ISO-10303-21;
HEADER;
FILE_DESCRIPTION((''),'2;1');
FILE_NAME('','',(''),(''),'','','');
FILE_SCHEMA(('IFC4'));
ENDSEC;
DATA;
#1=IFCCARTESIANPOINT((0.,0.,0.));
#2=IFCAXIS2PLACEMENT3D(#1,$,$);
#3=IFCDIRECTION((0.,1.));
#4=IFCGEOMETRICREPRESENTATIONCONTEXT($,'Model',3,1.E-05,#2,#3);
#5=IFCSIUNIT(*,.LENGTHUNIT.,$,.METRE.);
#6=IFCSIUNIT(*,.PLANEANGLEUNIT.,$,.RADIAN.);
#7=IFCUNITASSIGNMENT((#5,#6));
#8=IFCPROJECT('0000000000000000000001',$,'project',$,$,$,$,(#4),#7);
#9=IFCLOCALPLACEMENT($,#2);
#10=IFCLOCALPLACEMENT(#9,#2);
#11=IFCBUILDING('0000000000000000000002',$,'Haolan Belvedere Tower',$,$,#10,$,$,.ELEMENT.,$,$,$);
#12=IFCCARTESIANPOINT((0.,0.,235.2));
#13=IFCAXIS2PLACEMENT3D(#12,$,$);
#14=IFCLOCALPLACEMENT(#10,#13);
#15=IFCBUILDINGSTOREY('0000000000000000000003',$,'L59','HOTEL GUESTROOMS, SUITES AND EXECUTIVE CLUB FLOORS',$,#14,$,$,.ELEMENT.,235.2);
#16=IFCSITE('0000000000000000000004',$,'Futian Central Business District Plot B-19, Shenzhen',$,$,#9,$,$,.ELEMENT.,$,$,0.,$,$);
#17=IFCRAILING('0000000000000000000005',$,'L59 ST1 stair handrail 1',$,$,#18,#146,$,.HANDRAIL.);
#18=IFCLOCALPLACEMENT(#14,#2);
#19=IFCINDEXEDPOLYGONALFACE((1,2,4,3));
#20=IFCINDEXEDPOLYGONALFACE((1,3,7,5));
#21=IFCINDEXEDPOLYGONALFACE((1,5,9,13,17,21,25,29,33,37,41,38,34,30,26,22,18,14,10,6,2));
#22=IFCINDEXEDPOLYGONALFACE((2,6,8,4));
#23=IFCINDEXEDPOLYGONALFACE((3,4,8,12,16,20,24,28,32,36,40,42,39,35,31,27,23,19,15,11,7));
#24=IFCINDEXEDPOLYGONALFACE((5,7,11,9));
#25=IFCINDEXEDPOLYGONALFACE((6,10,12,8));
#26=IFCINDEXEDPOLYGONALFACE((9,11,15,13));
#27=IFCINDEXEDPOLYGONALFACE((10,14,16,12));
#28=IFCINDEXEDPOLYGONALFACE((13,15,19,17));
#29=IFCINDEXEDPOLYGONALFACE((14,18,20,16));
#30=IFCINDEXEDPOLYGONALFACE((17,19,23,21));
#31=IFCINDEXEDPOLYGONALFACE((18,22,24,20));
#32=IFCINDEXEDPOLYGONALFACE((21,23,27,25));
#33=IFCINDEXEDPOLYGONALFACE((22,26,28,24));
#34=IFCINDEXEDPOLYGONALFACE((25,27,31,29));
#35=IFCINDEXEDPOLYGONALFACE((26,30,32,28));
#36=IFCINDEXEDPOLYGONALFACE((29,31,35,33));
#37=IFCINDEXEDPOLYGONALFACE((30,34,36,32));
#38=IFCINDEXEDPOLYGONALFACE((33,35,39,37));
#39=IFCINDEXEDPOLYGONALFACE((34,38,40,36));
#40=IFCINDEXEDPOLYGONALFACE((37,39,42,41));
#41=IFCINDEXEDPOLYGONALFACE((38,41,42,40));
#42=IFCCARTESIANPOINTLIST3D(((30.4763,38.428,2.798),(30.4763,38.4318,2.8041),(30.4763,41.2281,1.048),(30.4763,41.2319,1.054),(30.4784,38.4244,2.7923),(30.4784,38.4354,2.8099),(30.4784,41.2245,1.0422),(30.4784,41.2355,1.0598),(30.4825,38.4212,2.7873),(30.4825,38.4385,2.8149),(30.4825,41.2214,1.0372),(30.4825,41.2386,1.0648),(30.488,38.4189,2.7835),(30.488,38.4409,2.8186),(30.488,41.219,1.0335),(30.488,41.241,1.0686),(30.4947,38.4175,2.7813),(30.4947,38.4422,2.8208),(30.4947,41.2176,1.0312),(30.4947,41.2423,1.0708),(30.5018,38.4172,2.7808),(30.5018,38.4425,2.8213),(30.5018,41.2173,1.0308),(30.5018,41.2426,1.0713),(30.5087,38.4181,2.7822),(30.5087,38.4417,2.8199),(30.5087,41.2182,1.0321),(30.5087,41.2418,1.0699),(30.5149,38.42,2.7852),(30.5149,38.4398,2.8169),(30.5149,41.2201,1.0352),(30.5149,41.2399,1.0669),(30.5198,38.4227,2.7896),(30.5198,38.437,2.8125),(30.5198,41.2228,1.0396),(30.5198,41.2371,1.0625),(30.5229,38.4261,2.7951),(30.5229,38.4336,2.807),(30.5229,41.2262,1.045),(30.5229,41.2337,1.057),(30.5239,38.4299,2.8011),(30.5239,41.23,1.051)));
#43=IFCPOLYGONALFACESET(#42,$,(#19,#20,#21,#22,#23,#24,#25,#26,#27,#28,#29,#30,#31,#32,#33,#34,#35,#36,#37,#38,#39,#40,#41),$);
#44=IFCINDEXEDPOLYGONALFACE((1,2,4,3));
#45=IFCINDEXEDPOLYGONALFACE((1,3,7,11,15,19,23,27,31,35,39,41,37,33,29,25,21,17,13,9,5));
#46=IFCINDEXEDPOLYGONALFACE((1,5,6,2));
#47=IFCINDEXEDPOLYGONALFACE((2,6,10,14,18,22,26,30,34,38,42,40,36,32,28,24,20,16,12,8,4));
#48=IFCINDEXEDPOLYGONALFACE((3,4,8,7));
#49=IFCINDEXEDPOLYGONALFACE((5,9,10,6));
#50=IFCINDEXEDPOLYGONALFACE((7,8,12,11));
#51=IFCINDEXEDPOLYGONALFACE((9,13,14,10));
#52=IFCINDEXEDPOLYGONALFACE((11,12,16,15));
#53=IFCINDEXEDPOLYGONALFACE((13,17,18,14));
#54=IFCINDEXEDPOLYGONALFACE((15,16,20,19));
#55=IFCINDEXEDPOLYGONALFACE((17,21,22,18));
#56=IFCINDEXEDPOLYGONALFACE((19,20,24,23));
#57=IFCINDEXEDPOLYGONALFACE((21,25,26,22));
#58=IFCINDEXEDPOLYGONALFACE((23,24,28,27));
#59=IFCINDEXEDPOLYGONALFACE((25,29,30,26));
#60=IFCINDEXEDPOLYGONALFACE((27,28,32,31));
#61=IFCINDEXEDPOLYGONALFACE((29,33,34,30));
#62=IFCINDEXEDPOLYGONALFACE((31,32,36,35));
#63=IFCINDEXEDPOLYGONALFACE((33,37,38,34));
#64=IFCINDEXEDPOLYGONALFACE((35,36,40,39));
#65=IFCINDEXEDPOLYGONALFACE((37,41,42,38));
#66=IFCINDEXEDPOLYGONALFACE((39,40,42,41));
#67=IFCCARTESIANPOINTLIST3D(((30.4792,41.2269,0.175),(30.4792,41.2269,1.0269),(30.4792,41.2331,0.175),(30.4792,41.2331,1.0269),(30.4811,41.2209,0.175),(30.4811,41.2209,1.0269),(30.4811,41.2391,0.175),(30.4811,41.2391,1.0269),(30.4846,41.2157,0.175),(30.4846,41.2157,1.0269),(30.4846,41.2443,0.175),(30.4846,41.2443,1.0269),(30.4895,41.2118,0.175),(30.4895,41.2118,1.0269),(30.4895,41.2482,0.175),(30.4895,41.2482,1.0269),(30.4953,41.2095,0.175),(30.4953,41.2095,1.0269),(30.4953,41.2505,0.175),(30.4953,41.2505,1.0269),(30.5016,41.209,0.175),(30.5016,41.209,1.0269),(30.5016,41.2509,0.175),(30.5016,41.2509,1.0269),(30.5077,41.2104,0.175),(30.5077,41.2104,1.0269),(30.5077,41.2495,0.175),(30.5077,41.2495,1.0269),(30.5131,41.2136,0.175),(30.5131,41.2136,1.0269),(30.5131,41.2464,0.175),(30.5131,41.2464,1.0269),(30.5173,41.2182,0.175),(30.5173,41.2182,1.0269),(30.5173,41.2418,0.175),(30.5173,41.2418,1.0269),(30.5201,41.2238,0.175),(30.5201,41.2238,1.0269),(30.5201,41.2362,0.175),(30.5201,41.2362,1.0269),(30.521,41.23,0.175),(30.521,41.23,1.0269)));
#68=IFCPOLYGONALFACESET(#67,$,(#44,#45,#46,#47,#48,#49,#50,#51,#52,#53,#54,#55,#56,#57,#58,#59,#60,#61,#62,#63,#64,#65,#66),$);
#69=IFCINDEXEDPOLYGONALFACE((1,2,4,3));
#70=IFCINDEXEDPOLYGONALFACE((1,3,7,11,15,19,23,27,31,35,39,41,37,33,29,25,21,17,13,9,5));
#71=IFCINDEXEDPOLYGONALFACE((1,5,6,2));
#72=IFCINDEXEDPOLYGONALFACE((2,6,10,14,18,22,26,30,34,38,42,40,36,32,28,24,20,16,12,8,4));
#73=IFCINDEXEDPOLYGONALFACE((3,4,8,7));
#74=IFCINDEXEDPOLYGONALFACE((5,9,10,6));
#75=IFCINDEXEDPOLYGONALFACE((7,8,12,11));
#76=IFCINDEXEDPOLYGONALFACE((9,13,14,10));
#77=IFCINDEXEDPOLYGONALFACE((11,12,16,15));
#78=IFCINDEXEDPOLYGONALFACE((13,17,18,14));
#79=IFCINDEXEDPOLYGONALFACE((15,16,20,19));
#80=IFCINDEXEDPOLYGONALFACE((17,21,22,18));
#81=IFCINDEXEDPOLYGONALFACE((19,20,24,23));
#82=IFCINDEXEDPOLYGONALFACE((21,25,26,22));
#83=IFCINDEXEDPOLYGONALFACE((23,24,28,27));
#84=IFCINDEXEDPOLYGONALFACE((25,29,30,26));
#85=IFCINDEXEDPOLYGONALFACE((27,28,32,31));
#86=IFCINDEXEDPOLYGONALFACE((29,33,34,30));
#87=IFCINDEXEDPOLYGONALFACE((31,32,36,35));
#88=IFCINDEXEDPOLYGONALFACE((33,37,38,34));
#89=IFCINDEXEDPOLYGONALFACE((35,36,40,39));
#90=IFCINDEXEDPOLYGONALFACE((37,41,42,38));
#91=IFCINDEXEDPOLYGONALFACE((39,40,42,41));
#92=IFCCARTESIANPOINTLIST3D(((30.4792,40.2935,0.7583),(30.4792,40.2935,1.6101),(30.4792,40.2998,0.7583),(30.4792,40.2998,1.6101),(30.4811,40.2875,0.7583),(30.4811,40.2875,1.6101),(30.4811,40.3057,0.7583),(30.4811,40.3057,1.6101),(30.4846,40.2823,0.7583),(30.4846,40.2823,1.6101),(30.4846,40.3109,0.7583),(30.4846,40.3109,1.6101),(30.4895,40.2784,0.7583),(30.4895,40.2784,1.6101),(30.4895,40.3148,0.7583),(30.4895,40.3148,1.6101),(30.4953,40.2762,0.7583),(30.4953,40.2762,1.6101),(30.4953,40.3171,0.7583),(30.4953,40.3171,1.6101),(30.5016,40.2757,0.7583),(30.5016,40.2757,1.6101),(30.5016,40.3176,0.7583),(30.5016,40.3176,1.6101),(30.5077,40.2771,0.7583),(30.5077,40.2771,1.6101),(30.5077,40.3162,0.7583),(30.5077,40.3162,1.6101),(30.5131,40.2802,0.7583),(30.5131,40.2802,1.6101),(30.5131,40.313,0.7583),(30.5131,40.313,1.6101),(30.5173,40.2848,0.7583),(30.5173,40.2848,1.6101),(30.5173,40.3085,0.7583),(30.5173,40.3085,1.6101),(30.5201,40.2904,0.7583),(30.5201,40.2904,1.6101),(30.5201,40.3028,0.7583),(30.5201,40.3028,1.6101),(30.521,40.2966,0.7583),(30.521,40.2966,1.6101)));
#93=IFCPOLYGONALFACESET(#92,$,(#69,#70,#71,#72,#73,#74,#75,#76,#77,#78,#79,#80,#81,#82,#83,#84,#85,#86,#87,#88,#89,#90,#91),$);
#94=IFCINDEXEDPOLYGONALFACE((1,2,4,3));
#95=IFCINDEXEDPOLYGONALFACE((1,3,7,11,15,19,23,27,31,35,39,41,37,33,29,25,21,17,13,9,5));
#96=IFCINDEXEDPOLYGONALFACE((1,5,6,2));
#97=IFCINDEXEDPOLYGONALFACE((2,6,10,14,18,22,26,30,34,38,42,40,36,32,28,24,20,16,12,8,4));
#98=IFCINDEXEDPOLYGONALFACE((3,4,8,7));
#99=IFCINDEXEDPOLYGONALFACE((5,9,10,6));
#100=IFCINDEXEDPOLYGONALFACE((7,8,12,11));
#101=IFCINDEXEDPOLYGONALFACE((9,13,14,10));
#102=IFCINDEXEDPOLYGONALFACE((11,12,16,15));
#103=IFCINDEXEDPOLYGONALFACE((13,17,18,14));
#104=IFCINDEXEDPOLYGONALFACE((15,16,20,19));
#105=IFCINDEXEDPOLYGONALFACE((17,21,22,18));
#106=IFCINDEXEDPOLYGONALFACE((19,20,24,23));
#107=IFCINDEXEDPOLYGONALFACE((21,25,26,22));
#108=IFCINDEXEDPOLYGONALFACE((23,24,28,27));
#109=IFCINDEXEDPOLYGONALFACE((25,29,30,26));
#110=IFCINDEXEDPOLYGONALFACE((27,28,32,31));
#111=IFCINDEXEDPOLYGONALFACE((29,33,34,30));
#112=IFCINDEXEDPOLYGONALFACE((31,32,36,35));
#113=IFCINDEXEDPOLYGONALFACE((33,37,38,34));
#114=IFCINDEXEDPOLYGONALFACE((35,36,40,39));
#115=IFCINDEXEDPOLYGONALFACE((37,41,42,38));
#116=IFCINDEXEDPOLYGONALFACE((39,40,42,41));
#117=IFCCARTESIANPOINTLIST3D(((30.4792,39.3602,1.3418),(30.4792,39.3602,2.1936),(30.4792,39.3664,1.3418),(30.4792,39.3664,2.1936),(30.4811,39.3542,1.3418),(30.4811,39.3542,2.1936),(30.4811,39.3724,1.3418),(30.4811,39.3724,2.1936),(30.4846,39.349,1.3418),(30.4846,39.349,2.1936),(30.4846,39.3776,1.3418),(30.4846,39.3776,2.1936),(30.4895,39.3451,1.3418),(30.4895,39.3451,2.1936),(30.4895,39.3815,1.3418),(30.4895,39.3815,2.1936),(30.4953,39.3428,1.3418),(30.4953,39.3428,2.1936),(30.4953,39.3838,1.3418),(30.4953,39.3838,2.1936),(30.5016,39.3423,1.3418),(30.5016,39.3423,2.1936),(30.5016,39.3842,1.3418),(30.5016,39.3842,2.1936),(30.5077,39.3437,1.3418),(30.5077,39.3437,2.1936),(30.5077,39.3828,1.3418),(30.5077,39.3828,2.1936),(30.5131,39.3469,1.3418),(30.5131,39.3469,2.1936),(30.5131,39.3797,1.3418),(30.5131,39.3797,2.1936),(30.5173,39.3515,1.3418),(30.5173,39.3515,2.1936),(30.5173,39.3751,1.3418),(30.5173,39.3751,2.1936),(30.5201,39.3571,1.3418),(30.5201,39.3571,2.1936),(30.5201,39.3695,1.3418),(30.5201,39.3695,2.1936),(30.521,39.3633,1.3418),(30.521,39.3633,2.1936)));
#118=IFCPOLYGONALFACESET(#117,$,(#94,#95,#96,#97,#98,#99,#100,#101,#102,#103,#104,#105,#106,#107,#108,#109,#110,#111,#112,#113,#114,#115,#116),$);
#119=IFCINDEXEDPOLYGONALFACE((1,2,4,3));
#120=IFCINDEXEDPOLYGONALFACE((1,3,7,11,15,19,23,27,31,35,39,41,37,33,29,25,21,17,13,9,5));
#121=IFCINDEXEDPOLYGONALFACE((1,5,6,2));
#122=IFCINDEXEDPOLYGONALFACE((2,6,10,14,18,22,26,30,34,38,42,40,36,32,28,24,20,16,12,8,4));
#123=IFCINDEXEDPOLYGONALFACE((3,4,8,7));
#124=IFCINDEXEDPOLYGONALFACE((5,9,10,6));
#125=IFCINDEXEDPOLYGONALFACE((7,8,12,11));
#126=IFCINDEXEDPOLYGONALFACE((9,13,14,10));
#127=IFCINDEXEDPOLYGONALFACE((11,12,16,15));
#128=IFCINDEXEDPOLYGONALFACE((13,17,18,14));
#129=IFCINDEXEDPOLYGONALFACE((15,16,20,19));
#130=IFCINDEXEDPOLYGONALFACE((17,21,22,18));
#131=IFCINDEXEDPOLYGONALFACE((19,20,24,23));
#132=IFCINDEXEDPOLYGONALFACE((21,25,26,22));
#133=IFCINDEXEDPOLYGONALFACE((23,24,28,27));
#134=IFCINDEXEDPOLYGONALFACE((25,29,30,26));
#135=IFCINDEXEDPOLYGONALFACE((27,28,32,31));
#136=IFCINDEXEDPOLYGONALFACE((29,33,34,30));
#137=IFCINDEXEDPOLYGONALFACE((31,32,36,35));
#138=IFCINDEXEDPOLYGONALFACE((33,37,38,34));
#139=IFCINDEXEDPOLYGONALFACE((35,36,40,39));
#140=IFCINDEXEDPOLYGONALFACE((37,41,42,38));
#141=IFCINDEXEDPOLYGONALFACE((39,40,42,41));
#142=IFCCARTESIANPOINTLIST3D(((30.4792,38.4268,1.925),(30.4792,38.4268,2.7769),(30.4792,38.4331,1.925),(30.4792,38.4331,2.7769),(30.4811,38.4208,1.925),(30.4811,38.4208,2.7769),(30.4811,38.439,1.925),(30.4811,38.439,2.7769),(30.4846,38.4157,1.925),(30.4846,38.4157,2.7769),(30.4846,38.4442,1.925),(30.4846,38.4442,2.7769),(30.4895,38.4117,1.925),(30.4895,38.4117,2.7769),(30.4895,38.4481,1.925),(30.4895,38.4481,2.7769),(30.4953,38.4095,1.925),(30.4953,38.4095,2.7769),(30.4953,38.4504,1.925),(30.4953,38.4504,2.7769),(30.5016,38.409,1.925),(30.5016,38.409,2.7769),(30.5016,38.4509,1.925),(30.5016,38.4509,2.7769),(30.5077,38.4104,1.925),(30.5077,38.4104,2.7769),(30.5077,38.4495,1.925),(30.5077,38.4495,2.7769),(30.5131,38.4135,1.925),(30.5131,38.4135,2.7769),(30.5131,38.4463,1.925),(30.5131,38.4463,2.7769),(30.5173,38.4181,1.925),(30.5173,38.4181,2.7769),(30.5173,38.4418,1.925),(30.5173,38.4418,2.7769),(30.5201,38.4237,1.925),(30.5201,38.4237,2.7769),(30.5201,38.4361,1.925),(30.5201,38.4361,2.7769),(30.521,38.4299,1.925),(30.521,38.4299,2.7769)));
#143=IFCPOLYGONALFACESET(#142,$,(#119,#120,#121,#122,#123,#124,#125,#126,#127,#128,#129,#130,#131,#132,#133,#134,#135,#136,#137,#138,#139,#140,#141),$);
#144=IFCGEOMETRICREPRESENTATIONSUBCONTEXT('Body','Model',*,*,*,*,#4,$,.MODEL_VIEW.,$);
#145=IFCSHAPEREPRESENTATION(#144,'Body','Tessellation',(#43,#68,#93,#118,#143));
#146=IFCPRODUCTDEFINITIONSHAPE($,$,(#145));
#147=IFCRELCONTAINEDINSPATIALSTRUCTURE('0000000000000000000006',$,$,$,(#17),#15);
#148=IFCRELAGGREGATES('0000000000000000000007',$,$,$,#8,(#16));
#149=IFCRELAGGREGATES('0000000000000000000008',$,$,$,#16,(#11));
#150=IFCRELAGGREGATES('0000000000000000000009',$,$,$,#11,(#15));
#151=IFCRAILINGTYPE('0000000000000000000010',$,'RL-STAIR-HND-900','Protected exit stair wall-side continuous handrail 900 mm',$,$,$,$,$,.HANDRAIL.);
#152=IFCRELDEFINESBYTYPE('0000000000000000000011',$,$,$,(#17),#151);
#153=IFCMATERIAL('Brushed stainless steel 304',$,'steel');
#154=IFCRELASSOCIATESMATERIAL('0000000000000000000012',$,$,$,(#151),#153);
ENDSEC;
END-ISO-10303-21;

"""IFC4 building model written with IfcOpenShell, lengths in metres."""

from ifc_helpers import new_model, si_unit, direction, frame, origin, origin_2d, place, context, subcontext, project, spatial, circle, extrude, material, type_object, element, save


model = new_model("IFC4")

# Units and contexts
model_context = context("Model", 3, precision=1e-05, world=origin(), true_north=direction((0.0, 1.0)))
body_context = subcontext(model_context, "Body", "Model", "MODEL_VIEW")
ifc_project = project(units=[si_unit("LENGTHUNIT", "METRE"), si_unit("PLANEANGLEUNIT", "RADIAN")], contexts=[model_context])

# Site, building, storey
site_placement = place(None, origin())
site = spatial("IfcSite", under=ifc_project, at=site_placement, Name="Futian Central Business District Plot B-19, Shenzhen", CompositionType="ELEMENT", RefElevation=0.0)
building_placement = place(site_placement, origin())
building = spatial("IfcBuilding", under=site, at=building_placement, Name="Haolan Belvedere Tower", CompositionType="ELEMENT")
storey_placement = place(building_placement, frame((0.0, 0.0, 235.2)))
storey = spatial("IfcBuildingStorey", under=building, at=storey_placement, Name="L59", Description="HOTEL GUESTROOMS, SUITES AND EXECUTIVE CLUB FLOORS", CompositionType="ELEMENT", Elevation=235.2)

# Railing
ifc_material_1 = material(Name="Brushed stainless steel 304", Category="steel")
railing_type_1 = type_object("IfcRailingType", Name="RL-STAIR-HND-900", Description="Protected exit stair wall-side continuous handrail 900 mm", PredefinedType="HANDRAIL", material=ifc_material_1)
railing_1_placement = place(storey_placement, frame((30.5, 41.23, 0.175)))
element("IfcRailing", 1, at=railing_1_placement, inside=storey, type_object=railing_type_1, Name="L59 ST1 stair handrail 1", PredefinedType="HANDRAIL", context=body_context, shape_type="SweptSolid", body=[
    extrude(circle(Radius=0.0239, at=origin_2d()), frame((0.0, 0.0, 0.876), z_axis=(0.0, -0.848002, 0.529992), x_axis=(1.0, 0.0, 0.0)), (0.0, 0.0, 1.0), 3.302),
    extrude(circle(Radius=0.021, at=origin_2d()), origin(), (0.0, 0.0, 1.0), 0.8518),
    extrude(circle(Radius=0.021, at=origin_2d()), frame((0.0, -0.9333, 0.5833)), (0.0, 0.0, 1.0), 0.8518),
    extrude(circle(Radius=0.021, at=origin_2d()), frame((0.0, -1.8667, 1.1667)), (0.0, 0.0, 1.0), 0.8518),
    extrude(circle(Radius=0.021, at=origin_2d()), frame((0.0, -2.8, 1.75)), (0.0, 0.0, 1.0), 0.8518),
])

save(model, "model.ifc")
